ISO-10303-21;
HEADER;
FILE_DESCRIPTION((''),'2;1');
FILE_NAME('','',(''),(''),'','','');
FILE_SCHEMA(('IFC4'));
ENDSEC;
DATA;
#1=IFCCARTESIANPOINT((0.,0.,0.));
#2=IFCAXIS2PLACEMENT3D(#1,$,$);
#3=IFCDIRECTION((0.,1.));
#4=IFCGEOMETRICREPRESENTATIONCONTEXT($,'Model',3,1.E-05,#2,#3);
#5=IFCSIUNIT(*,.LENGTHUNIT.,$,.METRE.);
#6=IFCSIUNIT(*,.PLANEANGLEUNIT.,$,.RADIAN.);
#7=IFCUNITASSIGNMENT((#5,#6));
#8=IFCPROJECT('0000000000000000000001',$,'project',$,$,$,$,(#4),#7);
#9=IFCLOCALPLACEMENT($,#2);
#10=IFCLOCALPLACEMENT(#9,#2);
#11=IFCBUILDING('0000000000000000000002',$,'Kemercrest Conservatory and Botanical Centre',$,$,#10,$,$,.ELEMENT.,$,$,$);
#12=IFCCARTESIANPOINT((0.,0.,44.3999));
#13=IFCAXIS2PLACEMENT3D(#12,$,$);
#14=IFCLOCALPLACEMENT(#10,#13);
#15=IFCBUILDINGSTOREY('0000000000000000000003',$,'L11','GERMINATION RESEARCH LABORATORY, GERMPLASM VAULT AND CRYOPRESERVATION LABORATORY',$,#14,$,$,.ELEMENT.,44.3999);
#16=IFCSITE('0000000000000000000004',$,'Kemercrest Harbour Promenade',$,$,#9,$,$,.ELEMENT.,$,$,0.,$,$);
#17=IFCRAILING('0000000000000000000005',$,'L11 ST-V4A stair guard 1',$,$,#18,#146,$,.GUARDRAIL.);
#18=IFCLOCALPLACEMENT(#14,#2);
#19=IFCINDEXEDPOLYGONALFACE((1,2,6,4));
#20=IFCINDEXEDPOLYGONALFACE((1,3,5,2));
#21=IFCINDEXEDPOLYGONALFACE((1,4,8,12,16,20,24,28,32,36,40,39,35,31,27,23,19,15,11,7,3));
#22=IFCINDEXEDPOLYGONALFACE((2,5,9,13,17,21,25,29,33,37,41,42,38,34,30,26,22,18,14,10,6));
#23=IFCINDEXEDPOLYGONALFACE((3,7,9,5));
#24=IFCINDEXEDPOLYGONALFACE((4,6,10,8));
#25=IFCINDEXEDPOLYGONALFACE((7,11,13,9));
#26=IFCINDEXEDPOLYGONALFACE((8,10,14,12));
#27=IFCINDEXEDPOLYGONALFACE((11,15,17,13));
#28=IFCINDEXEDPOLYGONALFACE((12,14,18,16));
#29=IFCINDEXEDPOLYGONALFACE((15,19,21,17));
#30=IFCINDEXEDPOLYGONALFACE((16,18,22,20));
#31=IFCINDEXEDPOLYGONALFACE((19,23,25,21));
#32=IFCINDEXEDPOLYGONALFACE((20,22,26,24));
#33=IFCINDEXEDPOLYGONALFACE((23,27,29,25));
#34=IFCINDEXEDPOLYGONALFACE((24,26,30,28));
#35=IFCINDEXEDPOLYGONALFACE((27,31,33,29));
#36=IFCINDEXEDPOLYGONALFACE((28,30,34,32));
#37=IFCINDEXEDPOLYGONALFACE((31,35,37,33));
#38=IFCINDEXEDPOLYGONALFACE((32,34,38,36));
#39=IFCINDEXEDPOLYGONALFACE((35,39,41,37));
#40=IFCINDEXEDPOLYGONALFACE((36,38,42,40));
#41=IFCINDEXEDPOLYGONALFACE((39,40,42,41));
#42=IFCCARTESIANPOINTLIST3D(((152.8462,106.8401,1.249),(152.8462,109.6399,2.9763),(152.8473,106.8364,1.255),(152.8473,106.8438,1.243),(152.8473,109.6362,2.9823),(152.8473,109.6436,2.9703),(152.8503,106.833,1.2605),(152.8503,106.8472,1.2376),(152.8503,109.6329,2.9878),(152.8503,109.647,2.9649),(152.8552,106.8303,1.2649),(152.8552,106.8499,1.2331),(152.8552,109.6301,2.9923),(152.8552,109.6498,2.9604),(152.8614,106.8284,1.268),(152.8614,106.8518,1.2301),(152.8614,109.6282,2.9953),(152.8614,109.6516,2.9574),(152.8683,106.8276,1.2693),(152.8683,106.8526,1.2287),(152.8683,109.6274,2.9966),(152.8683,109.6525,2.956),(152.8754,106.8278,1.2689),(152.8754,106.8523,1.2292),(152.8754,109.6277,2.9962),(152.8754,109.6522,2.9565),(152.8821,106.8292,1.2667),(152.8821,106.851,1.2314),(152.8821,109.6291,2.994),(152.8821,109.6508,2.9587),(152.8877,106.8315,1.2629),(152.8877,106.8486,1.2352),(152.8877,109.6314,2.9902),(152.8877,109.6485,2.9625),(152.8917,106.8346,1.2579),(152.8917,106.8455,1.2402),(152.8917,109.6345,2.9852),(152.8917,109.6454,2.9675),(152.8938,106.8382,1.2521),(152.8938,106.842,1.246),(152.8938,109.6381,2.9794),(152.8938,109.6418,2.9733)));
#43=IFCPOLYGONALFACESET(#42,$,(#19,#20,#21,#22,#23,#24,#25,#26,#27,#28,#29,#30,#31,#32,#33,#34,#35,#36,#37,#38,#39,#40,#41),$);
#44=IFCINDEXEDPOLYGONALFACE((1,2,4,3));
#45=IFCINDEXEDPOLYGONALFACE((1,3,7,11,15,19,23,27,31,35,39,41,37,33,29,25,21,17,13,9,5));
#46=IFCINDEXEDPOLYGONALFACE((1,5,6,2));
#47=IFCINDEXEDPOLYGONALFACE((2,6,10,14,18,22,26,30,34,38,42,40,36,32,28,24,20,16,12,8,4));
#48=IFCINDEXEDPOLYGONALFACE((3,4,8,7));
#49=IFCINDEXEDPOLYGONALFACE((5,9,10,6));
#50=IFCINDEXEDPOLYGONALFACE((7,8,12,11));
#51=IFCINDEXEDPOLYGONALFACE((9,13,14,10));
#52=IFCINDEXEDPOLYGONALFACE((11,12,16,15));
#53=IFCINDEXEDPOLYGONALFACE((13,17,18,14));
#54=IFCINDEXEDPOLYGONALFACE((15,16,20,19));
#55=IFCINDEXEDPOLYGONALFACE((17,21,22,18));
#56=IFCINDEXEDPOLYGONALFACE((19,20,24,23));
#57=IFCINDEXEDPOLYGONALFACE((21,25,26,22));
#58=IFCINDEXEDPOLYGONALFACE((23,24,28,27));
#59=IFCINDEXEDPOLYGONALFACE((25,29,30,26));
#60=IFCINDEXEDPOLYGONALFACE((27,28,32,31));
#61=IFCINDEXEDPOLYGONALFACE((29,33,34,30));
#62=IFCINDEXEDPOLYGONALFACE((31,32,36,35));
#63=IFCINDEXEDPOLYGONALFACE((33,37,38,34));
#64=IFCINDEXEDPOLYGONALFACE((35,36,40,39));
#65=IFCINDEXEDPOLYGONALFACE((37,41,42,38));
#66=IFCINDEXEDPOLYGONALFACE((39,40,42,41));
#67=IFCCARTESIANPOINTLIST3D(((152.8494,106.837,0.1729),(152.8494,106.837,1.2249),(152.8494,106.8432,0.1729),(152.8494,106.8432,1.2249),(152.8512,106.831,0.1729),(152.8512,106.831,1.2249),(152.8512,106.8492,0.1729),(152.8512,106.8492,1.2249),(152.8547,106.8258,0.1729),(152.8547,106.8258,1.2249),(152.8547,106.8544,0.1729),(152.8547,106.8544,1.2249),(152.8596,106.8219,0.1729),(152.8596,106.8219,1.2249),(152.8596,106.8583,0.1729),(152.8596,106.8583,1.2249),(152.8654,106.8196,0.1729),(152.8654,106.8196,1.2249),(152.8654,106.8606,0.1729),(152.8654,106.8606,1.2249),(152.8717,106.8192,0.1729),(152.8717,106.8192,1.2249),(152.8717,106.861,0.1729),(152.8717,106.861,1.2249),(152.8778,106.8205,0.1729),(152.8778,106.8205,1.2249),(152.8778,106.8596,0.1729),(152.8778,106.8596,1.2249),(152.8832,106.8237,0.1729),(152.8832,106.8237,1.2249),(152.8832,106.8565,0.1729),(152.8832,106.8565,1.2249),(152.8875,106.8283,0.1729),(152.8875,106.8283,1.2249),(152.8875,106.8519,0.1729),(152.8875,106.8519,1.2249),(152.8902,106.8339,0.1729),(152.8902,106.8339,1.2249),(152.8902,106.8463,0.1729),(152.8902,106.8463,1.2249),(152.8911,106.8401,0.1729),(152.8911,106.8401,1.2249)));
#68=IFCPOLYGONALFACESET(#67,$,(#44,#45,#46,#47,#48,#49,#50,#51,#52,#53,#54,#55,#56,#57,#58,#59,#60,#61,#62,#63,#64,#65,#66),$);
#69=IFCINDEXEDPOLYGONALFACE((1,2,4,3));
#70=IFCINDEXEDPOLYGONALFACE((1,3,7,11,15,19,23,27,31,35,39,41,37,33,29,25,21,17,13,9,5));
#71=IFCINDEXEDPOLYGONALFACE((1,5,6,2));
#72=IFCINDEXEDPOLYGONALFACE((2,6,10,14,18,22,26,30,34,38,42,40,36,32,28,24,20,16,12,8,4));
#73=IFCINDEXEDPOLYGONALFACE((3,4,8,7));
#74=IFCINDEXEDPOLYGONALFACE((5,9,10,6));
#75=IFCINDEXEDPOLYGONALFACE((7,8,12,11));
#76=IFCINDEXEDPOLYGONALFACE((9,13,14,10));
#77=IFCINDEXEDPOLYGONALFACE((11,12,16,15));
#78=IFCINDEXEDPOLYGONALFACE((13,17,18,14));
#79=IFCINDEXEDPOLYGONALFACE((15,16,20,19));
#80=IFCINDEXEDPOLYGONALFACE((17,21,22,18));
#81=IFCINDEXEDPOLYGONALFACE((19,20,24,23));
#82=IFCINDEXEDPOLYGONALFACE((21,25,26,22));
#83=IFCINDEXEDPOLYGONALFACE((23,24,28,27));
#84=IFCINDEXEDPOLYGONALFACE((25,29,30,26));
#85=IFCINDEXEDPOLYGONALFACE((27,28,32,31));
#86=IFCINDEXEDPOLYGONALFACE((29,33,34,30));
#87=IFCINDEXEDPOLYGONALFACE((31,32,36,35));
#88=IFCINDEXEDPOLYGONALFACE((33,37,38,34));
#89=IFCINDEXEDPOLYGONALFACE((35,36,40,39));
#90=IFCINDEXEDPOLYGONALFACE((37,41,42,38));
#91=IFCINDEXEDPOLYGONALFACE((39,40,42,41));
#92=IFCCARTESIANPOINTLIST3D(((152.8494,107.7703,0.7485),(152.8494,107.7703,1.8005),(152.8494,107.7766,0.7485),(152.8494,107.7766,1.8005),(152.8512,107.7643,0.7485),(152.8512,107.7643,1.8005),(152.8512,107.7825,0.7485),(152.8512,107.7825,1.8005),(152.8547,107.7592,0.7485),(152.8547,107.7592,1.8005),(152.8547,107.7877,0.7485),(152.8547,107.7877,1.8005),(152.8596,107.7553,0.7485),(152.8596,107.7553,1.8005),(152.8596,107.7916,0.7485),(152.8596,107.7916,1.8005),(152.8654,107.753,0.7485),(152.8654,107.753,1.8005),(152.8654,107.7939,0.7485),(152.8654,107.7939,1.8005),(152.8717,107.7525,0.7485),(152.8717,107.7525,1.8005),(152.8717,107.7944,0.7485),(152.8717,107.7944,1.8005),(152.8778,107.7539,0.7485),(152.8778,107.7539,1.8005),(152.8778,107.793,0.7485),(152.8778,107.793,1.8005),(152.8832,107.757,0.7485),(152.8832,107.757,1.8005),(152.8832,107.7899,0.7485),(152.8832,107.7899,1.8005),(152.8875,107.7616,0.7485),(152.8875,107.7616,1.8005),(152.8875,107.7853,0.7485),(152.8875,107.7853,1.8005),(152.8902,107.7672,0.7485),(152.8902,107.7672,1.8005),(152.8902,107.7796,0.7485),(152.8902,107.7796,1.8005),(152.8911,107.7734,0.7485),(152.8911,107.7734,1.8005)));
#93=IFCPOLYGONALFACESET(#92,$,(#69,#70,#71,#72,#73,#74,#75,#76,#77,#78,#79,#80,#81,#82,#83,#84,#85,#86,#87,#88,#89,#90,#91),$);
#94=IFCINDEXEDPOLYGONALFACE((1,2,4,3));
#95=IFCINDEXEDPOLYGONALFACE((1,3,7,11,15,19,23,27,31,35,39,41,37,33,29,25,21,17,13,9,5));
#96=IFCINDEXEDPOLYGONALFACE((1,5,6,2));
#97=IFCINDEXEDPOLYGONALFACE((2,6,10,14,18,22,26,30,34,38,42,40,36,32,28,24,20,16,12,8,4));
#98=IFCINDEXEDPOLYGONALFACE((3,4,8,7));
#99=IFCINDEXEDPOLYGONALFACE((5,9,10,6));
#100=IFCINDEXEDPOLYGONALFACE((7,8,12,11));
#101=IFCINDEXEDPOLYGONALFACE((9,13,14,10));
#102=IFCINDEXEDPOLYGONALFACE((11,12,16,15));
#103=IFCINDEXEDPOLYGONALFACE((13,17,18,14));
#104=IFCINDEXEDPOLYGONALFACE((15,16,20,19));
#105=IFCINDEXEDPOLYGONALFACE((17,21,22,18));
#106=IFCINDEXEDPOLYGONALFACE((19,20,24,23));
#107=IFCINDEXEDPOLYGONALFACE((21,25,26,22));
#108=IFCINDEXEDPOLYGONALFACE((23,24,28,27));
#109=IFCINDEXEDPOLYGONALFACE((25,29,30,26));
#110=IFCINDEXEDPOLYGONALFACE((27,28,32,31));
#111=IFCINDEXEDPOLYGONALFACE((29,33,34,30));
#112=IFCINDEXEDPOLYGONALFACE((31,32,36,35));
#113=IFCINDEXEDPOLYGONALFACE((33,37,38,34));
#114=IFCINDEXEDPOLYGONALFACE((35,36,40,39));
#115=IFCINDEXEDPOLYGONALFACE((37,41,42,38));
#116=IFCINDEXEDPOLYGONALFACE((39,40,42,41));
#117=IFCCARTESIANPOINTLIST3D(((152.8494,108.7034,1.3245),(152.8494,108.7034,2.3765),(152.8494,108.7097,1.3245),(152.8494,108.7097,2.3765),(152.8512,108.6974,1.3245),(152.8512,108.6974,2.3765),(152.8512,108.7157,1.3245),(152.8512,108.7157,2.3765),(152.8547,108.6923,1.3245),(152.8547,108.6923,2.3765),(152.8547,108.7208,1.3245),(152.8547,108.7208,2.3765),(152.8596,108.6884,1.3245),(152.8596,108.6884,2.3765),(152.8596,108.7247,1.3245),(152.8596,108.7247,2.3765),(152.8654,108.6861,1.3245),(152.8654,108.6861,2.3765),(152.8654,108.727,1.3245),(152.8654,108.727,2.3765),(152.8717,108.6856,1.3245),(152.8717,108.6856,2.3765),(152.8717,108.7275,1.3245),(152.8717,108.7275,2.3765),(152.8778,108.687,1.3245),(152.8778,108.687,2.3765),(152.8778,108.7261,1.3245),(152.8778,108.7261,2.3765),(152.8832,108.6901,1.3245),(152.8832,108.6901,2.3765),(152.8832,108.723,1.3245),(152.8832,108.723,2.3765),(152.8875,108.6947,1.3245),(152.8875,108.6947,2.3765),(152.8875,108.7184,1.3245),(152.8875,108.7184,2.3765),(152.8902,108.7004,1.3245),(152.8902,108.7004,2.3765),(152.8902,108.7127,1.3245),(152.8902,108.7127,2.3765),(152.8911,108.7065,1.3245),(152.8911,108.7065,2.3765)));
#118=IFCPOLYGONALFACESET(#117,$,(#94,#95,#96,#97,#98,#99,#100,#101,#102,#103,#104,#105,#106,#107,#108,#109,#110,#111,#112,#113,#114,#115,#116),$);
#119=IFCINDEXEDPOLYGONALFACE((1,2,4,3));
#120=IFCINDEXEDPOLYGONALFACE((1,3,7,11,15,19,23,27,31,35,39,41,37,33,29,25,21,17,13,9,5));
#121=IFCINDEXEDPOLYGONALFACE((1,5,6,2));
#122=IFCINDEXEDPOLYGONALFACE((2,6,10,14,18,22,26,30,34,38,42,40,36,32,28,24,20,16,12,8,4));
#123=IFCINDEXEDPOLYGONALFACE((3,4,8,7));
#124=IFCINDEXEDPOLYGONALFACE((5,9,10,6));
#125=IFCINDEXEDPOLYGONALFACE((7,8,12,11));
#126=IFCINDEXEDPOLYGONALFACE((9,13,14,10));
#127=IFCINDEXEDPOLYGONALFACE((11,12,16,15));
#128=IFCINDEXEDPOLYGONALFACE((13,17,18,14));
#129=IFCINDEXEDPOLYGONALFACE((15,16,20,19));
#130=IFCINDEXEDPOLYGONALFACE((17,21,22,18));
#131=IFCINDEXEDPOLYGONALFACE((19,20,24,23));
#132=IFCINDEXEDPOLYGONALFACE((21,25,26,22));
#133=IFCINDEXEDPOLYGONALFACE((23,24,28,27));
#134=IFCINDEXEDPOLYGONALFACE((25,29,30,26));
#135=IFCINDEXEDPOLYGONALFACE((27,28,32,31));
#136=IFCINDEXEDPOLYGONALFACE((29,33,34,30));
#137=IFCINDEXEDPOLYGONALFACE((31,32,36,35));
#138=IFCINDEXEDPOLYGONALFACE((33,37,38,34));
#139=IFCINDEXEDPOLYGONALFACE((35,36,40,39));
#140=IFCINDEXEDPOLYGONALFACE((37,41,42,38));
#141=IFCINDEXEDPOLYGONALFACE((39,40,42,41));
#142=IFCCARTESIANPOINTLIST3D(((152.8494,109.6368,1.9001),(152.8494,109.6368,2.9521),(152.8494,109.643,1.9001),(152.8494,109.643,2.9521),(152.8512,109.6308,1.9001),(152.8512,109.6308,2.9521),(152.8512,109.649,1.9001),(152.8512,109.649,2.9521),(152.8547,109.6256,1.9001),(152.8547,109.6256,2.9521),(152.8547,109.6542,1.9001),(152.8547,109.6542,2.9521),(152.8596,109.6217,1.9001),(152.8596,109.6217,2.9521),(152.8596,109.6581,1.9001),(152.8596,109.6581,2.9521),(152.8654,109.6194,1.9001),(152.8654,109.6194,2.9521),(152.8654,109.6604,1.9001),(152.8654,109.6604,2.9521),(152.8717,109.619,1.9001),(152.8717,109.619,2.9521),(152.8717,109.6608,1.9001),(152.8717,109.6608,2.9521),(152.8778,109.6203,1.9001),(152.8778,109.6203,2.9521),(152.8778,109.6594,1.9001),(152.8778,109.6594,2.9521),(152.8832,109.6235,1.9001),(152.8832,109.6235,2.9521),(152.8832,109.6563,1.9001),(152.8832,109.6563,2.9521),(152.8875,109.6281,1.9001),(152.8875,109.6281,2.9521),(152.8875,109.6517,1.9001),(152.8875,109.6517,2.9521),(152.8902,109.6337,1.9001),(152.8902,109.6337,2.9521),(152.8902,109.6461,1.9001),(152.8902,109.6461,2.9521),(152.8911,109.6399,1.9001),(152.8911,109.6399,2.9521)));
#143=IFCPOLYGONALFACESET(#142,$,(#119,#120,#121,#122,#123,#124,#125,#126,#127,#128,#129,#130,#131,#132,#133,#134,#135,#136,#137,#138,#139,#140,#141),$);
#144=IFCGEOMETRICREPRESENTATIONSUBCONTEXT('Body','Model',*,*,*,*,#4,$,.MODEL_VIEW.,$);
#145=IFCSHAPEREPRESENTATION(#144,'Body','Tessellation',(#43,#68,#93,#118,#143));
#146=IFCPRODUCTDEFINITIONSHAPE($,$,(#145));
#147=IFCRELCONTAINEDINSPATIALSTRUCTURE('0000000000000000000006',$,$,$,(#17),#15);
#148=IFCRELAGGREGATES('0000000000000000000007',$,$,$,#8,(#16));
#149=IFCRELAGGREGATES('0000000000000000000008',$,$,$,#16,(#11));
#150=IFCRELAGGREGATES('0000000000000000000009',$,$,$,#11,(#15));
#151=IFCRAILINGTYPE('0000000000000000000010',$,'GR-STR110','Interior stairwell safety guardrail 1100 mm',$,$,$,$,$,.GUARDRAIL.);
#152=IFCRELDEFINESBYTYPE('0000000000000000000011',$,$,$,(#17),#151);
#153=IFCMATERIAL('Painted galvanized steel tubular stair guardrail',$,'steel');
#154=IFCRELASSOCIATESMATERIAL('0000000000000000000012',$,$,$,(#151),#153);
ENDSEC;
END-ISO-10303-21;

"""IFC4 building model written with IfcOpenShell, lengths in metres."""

from ifc_helpers import new_model, si_unit, direction, frame, origin, origin_2d, place, context, subcontext, project, spatial, circle, extrude, material, type_object, element, save


model = new_model("IFC4")

# Units and contexts
model_context = context("Model", 3, precision=1e-05, world=origin(), true_north=direction((0.0, 1.0)))
body_context = subcontext(model_context, "Body", "Model", "MODEL_VIEW")
ifc_project = project(units=[si_unit("LENGTHUNIT", "METRE"), si_unit("PLANEANGLEUNIT", "RADIAN")], contexts=[model_context])

# Site, building, storey
site_placement = place(None, origin())
site = spatial("IfcSite", under=ifc_project, at=site_placement, Name="Kemercrest Harbour Promenade", CompositionType="ELEMENT", RefElevation=0.0)
building_placement = place(site_placement, origin())
building = spatial("IfcBuilding", under=site, at=building_placement, Name="Kemercrest Conservatory and Botanical Centre", CompositionType="ELEMENT")
storey_placement = place(building_placement, frame((0.0, 0.0, 44.3999)))
storey = spatial("IfcBuildingStorey", under=building, at=storey_placement, Name="L11", Description="GERMINATION RESEARCH LABORATORY, GERMPLASM VAULT AND CRYOPRESERVATION LABORATORY", CompositionType="ELEMENT", Elevation=44.3999)

# Railing
ifc_material_1 = material(Name="Painted galvanized steel tubular stair guardrail", Category="steel")
railing_type_1 = type_object("IfcRailingType", Name="GR-STR110", Description="Interior stairwell safety guardrail 1100 mm", PredefinedType="GUARDRAIL", material=ifc_material_1)
railing_1_placement = place(storey_placement, frame((152.8701, 106.8401, 0.1729)))
element("IfcRailing", 1, at=railing_1_placement, inside=storey, type_object=railing_type_1, Name="L11 ST-V4A stair guard 1", PredefinedType="GUARDRAIL", context=body_context, shape_type="SweptSolid", body=[
    extrude(circle(Radius=0.0239, at=origin_2d()), frame((0.0, 0.0, 1.0762), z_axis=(0.0, 0.851069, 0.525054), x_axis=(-1.0, 0.0, 0.0)), (0.0, 0.0, 1.0), 3.2898),
    extrude(circle(Radius=0.021, at=origin_2d()), origin(), (0.0, 0.0, 1.0), 1.052),
    extrude(circle(Radius=0.021, at=origin_2d()), frame((0.0, 0.9333, 0.5757)), (0.0, 0.0, 1.0), 1.052),
    extrude(circle(Radius=0.021, at=origin_2d()), frame((0.0, 1.8665, 1.1516)), (0.0, 0.0, 1.0), 1.052),
    extrude(circle(Radius=0.021, at=origin_2d()), frame((0.0, 2.7998, 1.7273)), (0.0, 0.0, 1.0), 1.052),
])

save(model, "model.ifc")
